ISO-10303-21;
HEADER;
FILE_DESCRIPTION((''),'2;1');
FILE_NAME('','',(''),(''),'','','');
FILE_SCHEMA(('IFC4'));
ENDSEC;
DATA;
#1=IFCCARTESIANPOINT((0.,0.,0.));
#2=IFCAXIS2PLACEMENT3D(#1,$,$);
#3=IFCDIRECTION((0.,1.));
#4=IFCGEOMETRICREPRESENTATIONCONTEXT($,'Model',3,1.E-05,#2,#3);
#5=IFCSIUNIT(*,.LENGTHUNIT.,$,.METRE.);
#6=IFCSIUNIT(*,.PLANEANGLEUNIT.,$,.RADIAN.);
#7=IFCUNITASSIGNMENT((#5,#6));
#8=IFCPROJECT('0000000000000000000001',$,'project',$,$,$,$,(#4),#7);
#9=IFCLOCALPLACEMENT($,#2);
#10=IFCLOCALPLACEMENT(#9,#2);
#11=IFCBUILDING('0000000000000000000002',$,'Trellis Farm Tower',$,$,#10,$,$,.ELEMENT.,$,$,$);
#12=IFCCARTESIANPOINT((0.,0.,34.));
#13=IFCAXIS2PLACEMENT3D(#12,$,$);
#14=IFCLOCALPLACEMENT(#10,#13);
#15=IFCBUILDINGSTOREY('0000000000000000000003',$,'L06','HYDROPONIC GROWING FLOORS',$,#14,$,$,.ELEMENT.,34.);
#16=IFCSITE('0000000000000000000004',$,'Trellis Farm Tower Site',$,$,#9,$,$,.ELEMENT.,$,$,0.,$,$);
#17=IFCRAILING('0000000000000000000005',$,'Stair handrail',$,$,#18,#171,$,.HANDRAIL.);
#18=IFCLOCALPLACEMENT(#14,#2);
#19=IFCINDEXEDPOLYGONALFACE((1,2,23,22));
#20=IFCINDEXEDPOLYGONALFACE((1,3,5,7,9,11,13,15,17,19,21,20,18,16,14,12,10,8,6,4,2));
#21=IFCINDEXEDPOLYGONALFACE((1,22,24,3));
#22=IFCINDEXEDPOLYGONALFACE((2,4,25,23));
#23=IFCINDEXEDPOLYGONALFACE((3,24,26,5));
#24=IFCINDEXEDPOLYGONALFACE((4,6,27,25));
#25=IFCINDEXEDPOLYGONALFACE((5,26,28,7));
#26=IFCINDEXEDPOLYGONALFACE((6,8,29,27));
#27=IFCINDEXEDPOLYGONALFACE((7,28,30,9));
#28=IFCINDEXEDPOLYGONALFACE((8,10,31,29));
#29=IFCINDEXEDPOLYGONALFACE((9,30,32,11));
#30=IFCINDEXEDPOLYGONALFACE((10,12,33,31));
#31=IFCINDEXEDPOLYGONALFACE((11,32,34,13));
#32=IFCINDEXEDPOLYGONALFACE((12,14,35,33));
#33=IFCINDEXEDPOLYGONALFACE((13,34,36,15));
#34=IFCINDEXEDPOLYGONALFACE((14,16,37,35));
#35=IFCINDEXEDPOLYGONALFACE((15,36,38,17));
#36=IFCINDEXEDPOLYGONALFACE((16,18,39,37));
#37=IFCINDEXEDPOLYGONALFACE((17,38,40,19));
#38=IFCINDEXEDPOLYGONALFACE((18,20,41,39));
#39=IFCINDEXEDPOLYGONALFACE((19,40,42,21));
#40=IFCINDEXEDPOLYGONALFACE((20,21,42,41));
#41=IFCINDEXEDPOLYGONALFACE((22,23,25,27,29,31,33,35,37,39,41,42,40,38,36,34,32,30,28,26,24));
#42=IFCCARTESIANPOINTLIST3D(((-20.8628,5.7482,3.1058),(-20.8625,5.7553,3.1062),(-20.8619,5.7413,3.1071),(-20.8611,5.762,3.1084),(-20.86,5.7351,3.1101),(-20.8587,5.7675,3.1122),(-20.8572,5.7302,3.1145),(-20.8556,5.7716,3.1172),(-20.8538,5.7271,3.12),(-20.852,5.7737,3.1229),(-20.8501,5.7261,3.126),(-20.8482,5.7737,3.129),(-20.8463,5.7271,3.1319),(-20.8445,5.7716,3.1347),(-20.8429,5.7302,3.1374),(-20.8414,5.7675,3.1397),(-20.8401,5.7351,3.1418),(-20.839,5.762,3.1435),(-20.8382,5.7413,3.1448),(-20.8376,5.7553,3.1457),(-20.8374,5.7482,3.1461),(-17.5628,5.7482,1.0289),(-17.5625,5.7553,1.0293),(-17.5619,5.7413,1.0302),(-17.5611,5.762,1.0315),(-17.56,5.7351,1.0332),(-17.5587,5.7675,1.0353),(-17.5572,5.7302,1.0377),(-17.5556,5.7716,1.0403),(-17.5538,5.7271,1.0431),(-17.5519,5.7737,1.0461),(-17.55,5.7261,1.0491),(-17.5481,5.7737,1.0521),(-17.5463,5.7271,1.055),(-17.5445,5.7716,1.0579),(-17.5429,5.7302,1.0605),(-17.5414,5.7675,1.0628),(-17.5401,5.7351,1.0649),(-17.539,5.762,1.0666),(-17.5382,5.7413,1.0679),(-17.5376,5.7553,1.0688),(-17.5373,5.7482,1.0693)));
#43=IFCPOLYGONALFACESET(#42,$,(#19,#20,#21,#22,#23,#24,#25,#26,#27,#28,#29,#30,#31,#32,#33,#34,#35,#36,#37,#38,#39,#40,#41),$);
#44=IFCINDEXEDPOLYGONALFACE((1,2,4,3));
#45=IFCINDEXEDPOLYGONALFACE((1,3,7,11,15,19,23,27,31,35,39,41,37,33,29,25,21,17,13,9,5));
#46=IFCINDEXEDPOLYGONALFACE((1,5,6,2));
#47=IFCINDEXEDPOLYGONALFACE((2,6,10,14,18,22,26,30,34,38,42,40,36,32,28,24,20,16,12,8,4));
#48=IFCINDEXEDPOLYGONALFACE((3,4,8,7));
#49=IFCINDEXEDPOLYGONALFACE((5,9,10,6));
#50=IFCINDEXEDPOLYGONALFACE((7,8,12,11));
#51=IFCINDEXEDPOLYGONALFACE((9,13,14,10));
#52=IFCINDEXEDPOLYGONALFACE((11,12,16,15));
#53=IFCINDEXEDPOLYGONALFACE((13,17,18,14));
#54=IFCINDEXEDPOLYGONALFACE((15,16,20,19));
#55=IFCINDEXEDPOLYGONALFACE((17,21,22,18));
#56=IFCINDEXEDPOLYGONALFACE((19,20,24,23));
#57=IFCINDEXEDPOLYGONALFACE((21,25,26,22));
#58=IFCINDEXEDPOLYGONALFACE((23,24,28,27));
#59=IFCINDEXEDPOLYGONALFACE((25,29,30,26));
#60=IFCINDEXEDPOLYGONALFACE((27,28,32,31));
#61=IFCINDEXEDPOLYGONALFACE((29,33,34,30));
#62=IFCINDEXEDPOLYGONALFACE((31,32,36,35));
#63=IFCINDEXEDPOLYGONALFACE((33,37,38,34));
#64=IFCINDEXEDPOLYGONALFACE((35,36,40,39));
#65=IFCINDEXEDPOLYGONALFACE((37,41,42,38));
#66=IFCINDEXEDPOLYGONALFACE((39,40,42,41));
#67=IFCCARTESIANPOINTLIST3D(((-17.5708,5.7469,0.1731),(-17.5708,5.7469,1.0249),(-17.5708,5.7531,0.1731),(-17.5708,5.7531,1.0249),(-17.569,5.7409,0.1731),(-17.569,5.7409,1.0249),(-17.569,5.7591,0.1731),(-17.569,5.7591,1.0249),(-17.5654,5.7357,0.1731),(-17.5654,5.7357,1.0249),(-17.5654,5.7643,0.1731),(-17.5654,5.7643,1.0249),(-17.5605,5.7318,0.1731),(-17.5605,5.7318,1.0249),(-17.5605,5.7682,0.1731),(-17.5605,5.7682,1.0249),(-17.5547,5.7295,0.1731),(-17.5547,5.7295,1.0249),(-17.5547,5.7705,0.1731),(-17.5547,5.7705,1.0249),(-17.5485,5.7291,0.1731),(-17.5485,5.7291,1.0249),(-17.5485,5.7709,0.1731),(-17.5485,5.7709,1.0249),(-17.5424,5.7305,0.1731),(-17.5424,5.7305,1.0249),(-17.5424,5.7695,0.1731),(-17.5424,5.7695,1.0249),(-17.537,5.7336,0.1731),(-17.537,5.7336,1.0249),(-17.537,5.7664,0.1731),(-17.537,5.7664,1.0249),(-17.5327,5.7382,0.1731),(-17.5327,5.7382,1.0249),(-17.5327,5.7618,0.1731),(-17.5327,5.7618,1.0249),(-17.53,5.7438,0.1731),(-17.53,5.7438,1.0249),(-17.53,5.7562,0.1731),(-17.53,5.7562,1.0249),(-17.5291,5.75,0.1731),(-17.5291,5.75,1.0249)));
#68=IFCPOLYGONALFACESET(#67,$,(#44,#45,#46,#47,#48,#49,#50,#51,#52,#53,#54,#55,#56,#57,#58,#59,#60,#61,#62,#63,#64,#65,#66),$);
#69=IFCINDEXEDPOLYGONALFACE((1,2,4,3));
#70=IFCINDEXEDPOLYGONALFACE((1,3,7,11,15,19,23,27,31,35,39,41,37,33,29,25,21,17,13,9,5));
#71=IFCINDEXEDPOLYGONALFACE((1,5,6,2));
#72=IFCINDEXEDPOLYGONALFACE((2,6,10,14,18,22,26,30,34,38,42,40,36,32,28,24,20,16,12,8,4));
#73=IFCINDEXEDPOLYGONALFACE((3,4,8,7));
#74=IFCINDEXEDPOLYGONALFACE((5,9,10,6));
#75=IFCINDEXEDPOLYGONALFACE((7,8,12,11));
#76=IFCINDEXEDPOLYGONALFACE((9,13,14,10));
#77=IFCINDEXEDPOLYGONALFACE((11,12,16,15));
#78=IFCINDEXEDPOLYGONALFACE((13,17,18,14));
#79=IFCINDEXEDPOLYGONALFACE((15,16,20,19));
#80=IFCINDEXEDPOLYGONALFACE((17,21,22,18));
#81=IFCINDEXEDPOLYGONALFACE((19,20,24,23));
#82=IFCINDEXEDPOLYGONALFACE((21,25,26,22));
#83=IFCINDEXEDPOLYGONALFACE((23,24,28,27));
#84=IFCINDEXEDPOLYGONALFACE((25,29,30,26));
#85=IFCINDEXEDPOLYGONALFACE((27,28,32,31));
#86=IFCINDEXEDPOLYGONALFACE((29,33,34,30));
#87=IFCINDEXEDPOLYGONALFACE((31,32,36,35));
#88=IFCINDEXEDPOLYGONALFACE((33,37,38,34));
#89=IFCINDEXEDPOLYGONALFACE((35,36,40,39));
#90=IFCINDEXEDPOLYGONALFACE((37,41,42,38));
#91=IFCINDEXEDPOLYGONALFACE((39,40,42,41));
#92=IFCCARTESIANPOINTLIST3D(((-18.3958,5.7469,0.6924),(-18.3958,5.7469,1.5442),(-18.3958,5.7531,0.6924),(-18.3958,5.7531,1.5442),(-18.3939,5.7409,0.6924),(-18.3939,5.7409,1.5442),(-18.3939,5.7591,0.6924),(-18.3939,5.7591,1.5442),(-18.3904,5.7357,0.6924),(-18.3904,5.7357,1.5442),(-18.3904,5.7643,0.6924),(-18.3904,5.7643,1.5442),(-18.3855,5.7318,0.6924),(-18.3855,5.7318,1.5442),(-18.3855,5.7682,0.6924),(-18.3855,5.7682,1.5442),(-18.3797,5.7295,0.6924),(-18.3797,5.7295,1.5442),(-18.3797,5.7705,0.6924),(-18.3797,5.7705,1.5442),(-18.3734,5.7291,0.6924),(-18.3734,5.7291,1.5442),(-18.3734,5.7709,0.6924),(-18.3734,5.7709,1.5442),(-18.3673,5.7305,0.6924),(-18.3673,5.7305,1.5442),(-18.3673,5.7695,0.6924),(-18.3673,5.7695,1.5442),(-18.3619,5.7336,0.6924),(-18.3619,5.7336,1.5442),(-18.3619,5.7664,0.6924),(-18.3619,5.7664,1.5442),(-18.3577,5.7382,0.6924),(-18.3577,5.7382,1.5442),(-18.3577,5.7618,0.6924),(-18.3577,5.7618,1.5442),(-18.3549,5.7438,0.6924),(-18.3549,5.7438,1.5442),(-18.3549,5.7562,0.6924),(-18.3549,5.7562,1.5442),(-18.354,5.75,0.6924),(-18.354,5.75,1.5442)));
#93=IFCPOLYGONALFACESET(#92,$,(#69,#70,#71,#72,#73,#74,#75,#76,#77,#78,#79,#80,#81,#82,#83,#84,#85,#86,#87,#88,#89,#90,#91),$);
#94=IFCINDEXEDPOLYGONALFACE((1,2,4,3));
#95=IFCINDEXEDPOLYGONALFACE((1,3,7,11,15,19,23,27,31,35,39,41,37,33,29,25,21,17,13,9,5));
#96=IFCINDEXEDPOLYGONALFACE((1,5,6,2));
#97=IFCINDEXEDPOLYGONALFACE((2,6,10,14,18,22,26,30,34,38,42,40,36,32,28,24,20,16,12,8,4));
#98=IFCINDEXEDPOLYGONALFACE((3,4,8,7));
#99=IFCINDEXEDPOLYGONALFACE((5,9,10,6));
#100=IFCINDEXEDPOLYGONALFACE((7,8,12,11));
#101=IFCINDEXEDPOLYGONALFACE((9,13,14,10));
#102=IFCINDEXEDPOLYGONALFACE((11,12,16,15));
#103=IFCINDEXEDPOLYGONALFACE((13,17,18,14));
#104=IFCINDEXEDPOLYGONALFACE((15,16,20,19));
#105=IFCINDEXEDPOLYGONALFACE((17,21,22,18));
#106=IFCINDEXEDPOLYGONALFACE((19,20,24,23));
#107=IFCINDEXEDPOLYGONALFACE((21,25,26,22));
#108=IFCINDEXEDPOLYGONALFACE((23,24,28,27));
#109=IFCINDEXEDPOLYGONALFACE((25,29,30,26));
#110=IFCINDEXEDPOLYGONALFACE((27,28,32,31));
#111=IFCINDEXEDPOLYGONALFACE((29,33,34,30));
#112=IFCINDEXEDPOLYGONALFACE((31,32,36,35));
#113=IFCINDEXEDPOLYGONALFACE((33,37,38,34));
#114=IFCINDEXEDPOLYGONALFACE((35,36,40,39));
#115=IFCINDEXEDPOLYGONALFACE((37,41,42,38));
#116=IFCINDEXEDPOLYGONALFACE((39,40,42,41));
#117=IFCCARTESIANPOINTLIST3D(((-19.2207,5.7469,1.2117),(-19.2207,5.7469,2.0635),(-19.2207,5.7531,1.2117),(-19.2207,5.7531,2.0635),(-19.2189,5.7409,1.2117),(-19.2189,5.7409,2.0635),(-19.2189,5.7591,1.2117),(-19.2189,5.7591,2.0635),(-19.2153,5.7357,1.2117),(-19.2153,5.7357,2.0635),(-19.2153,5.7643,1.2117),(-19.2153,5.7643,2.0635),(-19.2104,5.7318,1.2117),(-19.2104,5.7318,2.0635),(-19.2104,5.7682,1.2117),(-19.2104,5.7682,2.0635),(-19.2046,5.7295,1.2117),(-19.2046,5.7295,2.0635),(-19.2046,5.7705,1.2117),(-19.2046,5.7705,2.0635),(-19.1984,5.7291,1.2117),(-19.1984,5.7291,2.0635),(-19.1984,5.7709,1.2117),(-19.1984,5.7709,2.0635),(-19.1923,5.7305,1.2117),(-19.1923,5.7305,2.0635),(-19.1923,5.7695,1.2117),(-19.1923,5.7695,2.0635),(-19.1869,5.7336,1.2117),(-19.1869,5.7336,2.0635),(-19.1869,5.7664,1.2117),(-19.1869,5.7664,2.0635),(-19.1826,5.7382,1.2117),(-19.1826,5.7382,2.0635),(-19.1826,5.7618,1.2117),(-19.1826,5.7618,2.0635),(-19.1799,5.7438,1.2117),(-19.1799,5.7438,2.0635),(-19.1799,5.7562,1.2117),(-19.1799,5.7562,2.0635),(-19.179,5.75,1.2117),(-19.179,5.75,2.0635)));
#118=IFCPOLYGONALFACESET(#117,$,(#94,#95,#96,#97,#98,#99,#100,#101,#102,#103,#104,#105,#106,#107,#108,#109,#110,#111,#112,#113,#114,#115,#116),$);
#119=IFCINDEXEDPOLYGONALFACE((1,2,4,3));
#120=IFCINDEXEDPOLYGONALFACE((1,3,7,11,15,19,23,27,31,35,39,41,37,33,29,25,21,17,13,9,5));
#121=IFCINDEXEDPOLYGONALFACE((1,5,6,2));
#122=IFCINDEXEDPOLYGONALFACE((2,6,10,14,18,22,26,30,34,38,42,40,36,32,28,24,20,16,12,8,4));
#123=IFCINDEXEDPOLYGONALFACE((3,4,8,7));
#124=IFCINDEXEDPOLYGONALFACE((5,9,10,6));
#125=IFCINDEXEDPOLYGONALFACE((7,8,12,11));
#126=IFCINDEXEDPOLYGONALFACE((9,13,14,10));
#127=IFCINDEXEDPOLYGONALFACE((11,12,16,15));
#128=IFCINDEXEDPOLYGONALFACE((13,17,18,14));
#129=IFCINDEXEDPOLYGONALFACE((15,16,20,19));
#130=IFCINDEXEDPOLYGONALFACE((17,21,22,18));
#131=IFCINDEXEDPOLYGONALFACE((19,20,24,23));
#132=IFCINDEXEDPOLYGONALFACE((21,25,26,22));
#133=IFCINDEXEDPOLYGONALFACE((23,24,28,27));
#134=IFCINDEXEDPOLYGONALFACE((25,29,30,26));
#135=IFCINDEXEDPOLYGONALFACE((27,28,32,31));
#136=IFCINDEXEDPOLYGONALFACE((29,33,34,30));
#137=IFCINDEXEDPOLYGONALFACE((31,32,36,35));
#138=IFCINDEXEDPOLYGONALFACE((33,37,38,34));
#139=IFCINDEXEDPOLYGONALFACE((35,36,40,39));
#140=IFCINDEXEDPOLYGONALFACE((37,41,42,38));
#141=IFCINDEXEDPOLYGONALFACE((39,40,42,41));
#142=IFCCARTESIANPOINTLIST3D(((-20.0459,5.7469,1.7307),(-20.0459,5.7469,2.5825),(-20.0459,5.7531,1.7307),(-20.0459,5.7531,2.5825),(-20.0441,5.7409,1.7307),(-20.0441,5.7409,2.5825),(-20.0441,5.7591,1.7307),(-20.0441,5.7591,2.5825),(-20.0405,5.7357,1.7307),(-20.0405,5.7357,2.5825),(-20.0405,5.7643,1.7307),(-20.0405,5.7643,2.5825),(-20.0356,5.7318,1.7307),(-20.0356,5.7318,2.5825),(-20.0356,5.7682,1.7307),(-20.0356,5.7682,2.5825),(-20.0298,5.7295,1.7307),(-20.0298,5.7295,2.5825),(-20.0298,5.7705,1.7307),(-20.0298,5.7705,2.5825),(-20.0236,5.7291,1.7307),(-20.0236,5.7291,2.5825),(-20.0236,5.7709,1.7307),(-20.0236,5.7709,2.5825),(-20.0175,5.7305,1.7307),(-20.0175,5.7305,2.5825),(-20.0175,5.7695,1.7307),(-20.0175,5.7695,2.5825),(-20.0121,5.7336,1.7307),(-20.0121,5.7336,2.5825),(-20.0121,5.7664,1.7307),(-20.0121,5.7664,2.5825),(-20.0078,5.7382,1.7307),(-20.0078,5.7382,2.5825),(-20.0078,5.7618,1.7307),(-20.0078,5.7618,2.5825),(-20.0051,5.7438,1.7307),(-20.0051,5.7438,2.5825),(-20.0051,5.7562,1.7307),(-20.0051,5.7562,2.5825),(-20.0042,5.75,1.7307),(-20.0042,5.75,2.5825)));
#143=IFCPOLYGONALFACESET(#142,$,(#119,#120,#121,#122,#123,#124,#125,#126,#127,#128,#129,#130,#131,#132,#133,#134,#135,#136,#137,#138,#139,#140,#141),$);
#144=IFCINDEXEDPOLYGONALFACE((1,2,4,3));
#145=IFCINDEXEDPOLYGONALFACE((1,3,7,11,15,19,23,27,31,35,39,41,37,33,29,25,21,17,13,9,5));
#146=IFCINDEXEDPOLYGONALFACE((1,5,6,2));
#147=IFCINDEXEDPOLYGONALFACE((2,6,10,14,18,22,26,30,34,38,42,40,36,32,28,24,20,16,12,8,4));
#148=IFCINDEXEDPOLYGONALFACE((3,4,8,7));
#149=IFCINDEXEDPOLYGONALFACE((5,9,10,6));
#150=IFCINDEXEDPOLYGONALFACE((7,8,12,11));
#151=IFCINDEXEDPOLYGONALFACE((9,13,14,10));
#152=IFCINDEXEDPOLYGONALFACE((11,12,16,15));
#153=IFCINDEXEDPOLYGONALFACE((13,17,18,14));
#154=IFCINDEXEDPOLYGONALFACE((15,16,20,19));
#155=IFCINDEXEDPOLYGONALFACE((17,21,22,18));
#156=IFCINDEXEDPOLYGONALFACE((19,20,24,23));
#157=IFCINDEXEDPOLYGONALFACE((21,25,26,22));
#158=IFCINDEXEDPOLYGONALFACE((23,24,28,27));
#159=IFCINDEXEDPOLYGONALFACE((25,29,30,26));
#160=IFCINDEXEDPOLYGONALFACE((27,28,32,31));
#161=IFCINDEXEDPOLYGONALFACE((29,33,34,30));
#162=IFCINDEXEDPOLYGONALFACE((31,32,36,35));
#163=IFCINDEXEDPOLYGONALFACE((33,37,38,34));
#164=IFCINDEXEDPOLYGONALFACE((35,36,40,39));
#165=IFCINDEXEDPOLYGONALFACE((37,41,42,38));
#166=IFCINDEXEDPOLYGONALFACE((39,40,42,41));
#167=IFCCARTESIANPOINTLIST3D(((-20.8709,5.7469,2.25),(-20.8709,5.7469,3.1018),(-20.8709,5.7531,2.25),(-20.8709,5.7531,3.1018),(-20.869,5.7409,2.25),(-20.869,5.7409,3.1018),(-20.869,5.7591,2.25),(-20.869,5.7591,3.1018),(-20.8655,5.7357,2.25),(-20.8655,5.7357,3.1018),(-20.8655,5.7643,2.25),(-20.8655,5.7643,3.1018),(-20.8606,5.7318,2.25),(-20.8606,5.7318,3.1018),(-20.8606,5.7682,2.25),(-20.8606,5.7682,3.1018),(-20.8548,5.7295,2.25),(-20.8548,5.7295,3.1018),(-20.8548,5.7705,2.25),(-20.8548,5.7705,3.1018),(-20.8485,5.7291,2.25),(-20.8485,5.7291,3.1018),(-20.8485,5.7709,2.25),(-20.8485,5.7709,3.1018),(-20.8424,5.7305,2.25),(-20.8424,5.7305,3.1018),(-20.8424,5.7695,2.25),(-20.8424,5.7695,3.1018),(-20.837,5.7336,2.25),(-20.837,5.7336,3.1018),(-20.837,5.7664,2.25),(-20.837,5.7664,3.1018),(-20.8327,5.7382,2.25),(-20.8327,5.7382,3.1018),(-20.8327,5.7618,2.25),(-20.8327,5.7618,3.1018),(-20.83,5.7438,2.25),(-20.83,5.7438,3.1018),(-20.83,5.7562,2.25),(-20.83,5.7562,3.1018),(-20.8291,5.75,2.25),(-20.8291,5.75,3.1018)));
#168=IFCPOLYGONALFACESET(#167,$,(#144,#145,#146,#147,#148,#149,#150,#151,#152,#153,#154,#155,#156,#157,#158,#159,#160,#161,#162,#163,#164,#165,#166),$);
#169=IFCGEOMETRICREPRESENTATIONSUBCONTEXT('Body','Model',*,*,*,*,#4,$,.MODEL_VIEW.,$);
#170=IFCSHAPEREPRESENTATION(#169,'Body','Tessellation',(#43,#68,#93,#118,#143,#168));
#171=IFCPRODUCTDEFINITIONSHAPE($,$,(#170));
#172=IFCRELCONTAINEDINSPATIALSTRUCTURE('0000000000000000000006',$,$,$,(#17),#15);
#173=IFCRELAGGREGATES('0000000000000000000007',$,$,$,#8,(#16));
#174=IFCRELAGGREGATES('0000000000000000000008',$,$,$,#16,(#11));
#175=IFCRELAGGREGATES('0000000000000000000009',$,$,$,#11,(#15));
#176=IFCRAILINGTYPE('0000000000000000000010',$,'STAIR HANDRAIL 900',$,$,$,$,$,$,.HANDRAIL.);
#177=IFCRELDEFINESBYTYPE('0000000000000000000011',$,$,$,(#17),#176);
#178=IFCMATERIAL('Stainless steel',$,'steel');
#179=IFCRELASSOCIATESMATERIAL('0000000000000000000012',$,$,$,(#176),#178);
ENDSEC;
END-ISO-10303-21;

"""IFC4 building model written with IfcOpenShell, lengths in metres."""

from ifc_helpers import new_model, si_unit, direction, frame, origin, origin_2d, place, context, subcontext, project, spatial, circle, extrude, source, transform, mapped, material, type_object, element, save


model = new_model("IFC4")

# Units and contexts
model_context = context("Model", 3, precision=1e-05, world=origin(), true_north=direction((0.0, 1.0)))
body_context = subcontext(model_context, "Body", "Model", "MODEL_VIEW")
ifc_project = project(units=[si_unit("LENGTHUNIT", "METRE"), si_unit("PLANEANGLEUNIT", "RADIAN")], contexts=[model_context])

# Site, building, storey
site_placement = place(None, origin())
site = spatial("IfcSite", under=ifc_project, at=site_placement, Name="Trellis Farm Tower Site", CompositionType="ELEMENT", RefElevation=0.0)
building_placement = place(site_placement, origin())
building = spatial("IfcBuilding", under=site, at=building_placement, Name="Trellis Farm Tower", CompositionType="ELEMENT")
storey_placement = place(building_placement, frame((0.0, 0.0, 34.0)))
storey = spatial("IfcBuildingStorey", under=building, at=storey_placement, Name="L06", Description="HYDROPONIC GROWING FLOORS", CompositionType="ELEMENT", Elevation=34.0)

# Shared definitions
ifc_material_1 = material(Name="Stainless steel", Category="steel")

# Railing
railing_type = type_object("IfcRailingType", Name="STAIR HANDRAIL 900", PredefinedType="HANDRAIL", material=ifc_material_1)
shared_shape_1 = source(origin(), body_context, "Body", "SweptSolid", [
    extrude(circle(Radius=0.0239, at=origin_2d()), frame((0.0, 0.0, 0.876), z_axis=(-0.846337, 0.0, 0.532647), x_axis=(0.0, -1.0, 0.0)), (0.0, 0.0, 1.0), 3.8992),
    extrude(circle(Radius=0.021, at=origin_2d()), origin(), (0.0, 0.0, 1.0), 0.8518),
    extrude(circle(Radius=0.021, at=origin_2d()), frame((-0.825, 0.0, 0.5193)), (0.0, 0.0, 1.0), 0.8518),
    extrude(circle(Radius=0.021, at=origin_2d()), frame((-1.6499, 0.0, 1.0386)), (0.0, 0.0, 1.0), 0.8518),
    extrude(circle(Radius=0.021, at=origin_2d()), frame((-2.4751, 0.0, 1.5576)), (0.0, 0.0, 1.0), 0.8518),
    extrude(circle(Radius=0.021, at=origin_2d()), frame((-3.3, 0.0, 2.0769)), (0.0, 0.0, 1.0), 0.8518),
])
for number, where, name in (
    (1, (-17.55, 5.75, 0.1731), "Stair handrail"),
):
    element("IfcRailing", number, at=place(storey_placement, frame(where)), inside=storey, type_object=railing_type, Name=name, PredefinedType="HANDRAIL", context=body_context, shape_type="MappedRepresentation", body=[
        mapped(shared_shape_1, transform((0.0, 0.0, 0.0))),
    ])

save(model, "model.ifc")
